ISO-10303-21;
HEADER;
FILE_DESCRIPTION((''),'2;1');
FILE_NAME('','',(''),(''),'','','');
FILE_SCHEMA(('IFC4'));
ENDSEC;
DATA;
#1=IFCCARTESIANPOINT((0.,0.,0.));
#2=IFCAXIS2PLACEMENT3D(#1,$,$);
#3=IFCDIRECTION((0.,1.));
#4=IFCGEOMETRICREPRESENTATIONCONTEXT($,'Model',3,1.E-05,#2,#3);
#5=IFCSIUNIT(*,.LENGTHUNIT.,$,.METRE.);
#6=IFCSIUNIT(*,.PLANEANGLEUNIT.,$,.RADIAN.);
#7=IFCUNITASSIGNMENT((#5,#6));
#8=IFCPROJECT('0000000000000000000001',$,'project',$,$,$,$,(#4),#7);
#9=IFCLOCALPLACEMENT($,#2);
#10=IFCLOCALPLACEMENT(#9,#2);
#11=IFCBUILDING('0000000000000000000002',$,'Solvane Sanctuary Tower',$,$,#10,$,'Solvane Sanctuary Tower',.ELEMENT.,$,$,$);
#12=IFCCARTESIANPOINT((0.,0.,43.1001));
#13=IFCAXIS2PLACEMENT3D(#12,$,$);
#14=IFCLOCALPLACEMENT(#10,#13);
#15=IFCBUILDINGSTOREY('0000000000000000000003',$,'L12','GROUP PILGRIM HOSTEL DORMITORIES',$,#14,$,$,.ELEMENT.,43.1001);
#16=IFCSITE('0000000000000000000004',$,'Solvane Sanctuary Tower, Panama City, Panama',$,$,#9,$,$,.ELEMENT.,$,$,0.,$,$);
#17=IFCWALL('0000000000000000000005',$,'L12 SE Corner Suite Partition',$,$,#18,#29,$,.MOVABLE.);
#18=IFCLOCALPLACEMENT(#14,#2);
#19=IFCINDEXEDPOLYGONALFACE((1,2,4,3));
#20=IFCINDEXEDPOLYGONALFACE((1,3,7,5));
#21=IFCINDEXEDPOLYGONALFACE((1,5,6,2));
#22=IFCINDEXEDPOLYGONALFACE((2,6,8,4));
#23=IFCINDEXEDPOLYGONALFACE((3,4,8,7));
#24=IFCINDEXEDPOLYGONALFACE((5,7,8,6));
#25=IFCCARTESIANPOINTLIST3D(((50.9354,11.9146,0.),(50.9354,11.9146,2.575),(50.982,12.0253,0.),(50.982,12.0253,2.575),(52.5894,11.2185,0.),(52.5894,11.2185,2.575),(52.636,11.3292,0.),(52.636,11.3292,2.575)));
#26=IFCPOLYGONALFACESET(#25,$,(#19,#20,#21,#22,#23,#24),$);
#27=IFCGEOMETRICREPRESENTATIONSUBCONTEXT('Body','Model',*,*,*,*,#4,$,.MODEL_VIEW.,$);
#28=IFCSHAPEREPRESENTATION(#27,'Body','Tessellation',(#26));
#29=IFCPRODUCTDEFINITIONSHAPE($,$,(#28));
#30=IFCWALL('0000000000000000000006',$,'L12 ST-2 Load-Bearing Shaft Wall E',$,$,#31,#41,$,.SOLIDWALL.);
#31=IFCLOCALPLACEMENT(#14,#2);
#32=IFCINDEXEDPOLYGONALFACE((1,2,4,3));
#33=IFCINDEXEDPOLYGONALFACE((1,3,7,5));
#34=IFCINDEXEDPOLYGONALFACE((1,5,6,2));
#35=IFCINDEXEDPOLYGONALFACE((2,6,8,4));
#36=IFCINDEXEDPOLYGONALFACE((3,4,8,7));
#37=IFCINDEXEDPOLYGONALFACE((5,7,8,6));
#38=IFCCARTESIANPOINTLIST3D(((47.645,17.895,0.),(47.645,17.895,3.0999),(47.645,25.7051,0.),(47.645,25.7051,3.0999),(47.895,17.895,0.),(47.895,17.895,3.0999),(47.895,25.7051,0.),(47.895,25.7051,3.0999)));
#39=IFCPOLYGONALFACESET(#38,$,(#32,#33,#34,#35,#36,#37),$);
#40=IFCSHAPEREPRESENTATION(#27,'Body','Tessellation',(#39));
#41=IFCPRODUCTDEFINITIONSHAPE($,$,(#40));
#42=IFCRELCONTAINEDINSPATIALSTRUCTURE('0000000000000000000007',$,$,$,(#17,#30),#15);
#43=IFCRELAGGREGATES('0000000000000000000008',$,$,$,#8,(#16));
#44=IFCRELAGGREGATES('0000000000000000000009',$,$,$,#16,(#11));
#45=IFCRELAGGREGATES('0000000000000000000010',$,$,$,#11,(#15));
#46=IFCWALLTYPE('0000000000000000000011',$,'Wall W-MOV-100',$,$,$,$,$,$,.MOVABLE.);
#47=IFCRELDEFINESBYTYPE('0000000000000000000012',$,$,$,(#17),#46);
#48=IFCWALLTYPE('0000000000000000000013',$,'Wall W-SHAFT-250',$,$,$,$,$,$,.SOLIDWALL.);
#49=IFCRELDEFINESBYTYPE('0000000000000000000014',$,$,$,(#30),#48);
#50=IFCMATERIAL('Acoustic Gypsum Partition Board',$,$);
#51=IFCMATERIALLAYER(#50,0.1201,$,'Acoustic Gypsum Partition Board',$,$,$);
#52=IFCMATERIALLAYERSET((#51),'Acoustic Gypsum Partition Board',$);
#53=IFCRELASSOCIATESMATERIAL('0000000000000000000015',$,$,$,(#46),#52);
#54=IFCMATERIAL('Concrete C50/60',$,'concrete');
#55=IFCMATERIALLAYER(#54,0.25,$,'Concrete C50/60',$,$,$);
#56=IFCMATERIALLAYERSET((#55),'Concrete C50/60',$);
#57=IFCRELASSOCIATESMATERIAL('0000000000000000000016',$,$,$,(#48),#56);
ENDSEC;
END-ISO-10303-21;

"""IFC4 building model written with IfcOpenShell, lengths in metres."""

from ifc_helpers import new_model, si_unit, direction, frame, frame_2d, origin, place, context, subcontext, project, spatial, rectangle, extrude, material, layer, layer_set, type_object, element, save


model = new_model("IFC4")

# Units and contexts
model_context = context("Model", 3, precision=1e-05, world=origin(), true_north=direction((0.0, 1.0)))
body_context = subcontext(model_context, "Body", "Model", "MODEL_VIEW")
ifc_project = project(units=[si_unit("LENGTHUNIT", "METRE"), si_unit("PLANEANGLEUNIT", "RADIAN")], contexts=[model_context])

# Site, building, storey
site_placement = place(None, origin())
site = spatial("IfcSite", under=ifc_project, at=site_placement, Name="Solvane Sanctuary Tower, Panama City, Panama", CompositionType="ELEMENT", RefElevation=0.0)
building_placement = place(site_placement, origin())
building = spatial("IfcBuilding", under=site, at=building_placement, Name="Solvane Sanctuary Tower", LongName="Solvane Sanctuary Tower", CompositionType="ELEMENT")
storey_placement = place(building_placement, frame((0.0, 0.0, 43.1001)))
storey = spatial("IfcBuildingStorey", under=building, at=storey_placement, Name="L12", Description="GROUP PILGRIM HOSTEL DORMITORIES", CompositionType="ELEMENT", Elevation=43.1001)

# Shared definitions
ifc_material_1 = material(Name="Acoustic Gypsum Partition Board")

# Shared definitions
ifc_layer_1 = layer(ifc_material_1, 0.1201, Name="Acoustic Gypsum Partition Board")
ifc_layer_set_1 = layer_set([ifc_layer_1], Name="Acoustic Gypsum Partition Board")
wall_type_1 = type_object("IfcWallType", Name="Wall W-MOV-100", PredefinedType="MOVABLE", material=ifc_layer_set_1)

# Walls
wall_1_placement = place(storey_placement, frame((50.9587, 11.97, 0.0), z_axis=(0.0, 0.0, 1.0), x_axis=(0.921694, -0.387917, 0.0)))
element("IfcWall", 1, at=wall_1_placement, inside=storey, type_object=wall_type_1, Name="L12 SE Corner Suite Partition", PredefinedType="MOVABLE", context=body_context, shape_type="SweptSolid", body=[
    extrude(rectangle(XDim=1.7944, YDim=0.1201, at=frame_2d((0.8972, 0.0))), origin(), (0.0, 0.0, 1.0), 2.575),
])
ifc_material_2 = material(Name="Concrete C50/60", Category="concrete")
ifc_layer_2 = layer(ifc_material_2, 0.25, Name="Concrete C50/60")
ifc_layer_set_2 = layer_set([ifc_layer_2], Name="Concrete C50/60")
wall_type_2 = type_object("IfcWallType", Name="Wall W-SHAFT-250", PredefinedType="SOLIDWALL", material=ifc_layer_set_2)
wall_2_placement = place(storey_placement, frame((47.77, 17.895, 0.0), z_axis=(0.0, 0.0, 1.0), x_axis=(0.0, 1.0, 0.0)))
element("IfcWall", 2, at=wall_2_placement, inside=storey, type_object=wall_type_2, Name="L12 ST-2 Load-Bearing Shaft Wall E", PredefinedType="SOLIDWALL", context=body_context, shape_type="SweptSolid", body=[
    extrude(rectangle(XDim=7.8101, YDim=0.25, at=frame_2d((3.905, 0.0))), origin(), (0.0, 0.0, 1.0), 3.0999),
])

save(model, "model.ifc")
